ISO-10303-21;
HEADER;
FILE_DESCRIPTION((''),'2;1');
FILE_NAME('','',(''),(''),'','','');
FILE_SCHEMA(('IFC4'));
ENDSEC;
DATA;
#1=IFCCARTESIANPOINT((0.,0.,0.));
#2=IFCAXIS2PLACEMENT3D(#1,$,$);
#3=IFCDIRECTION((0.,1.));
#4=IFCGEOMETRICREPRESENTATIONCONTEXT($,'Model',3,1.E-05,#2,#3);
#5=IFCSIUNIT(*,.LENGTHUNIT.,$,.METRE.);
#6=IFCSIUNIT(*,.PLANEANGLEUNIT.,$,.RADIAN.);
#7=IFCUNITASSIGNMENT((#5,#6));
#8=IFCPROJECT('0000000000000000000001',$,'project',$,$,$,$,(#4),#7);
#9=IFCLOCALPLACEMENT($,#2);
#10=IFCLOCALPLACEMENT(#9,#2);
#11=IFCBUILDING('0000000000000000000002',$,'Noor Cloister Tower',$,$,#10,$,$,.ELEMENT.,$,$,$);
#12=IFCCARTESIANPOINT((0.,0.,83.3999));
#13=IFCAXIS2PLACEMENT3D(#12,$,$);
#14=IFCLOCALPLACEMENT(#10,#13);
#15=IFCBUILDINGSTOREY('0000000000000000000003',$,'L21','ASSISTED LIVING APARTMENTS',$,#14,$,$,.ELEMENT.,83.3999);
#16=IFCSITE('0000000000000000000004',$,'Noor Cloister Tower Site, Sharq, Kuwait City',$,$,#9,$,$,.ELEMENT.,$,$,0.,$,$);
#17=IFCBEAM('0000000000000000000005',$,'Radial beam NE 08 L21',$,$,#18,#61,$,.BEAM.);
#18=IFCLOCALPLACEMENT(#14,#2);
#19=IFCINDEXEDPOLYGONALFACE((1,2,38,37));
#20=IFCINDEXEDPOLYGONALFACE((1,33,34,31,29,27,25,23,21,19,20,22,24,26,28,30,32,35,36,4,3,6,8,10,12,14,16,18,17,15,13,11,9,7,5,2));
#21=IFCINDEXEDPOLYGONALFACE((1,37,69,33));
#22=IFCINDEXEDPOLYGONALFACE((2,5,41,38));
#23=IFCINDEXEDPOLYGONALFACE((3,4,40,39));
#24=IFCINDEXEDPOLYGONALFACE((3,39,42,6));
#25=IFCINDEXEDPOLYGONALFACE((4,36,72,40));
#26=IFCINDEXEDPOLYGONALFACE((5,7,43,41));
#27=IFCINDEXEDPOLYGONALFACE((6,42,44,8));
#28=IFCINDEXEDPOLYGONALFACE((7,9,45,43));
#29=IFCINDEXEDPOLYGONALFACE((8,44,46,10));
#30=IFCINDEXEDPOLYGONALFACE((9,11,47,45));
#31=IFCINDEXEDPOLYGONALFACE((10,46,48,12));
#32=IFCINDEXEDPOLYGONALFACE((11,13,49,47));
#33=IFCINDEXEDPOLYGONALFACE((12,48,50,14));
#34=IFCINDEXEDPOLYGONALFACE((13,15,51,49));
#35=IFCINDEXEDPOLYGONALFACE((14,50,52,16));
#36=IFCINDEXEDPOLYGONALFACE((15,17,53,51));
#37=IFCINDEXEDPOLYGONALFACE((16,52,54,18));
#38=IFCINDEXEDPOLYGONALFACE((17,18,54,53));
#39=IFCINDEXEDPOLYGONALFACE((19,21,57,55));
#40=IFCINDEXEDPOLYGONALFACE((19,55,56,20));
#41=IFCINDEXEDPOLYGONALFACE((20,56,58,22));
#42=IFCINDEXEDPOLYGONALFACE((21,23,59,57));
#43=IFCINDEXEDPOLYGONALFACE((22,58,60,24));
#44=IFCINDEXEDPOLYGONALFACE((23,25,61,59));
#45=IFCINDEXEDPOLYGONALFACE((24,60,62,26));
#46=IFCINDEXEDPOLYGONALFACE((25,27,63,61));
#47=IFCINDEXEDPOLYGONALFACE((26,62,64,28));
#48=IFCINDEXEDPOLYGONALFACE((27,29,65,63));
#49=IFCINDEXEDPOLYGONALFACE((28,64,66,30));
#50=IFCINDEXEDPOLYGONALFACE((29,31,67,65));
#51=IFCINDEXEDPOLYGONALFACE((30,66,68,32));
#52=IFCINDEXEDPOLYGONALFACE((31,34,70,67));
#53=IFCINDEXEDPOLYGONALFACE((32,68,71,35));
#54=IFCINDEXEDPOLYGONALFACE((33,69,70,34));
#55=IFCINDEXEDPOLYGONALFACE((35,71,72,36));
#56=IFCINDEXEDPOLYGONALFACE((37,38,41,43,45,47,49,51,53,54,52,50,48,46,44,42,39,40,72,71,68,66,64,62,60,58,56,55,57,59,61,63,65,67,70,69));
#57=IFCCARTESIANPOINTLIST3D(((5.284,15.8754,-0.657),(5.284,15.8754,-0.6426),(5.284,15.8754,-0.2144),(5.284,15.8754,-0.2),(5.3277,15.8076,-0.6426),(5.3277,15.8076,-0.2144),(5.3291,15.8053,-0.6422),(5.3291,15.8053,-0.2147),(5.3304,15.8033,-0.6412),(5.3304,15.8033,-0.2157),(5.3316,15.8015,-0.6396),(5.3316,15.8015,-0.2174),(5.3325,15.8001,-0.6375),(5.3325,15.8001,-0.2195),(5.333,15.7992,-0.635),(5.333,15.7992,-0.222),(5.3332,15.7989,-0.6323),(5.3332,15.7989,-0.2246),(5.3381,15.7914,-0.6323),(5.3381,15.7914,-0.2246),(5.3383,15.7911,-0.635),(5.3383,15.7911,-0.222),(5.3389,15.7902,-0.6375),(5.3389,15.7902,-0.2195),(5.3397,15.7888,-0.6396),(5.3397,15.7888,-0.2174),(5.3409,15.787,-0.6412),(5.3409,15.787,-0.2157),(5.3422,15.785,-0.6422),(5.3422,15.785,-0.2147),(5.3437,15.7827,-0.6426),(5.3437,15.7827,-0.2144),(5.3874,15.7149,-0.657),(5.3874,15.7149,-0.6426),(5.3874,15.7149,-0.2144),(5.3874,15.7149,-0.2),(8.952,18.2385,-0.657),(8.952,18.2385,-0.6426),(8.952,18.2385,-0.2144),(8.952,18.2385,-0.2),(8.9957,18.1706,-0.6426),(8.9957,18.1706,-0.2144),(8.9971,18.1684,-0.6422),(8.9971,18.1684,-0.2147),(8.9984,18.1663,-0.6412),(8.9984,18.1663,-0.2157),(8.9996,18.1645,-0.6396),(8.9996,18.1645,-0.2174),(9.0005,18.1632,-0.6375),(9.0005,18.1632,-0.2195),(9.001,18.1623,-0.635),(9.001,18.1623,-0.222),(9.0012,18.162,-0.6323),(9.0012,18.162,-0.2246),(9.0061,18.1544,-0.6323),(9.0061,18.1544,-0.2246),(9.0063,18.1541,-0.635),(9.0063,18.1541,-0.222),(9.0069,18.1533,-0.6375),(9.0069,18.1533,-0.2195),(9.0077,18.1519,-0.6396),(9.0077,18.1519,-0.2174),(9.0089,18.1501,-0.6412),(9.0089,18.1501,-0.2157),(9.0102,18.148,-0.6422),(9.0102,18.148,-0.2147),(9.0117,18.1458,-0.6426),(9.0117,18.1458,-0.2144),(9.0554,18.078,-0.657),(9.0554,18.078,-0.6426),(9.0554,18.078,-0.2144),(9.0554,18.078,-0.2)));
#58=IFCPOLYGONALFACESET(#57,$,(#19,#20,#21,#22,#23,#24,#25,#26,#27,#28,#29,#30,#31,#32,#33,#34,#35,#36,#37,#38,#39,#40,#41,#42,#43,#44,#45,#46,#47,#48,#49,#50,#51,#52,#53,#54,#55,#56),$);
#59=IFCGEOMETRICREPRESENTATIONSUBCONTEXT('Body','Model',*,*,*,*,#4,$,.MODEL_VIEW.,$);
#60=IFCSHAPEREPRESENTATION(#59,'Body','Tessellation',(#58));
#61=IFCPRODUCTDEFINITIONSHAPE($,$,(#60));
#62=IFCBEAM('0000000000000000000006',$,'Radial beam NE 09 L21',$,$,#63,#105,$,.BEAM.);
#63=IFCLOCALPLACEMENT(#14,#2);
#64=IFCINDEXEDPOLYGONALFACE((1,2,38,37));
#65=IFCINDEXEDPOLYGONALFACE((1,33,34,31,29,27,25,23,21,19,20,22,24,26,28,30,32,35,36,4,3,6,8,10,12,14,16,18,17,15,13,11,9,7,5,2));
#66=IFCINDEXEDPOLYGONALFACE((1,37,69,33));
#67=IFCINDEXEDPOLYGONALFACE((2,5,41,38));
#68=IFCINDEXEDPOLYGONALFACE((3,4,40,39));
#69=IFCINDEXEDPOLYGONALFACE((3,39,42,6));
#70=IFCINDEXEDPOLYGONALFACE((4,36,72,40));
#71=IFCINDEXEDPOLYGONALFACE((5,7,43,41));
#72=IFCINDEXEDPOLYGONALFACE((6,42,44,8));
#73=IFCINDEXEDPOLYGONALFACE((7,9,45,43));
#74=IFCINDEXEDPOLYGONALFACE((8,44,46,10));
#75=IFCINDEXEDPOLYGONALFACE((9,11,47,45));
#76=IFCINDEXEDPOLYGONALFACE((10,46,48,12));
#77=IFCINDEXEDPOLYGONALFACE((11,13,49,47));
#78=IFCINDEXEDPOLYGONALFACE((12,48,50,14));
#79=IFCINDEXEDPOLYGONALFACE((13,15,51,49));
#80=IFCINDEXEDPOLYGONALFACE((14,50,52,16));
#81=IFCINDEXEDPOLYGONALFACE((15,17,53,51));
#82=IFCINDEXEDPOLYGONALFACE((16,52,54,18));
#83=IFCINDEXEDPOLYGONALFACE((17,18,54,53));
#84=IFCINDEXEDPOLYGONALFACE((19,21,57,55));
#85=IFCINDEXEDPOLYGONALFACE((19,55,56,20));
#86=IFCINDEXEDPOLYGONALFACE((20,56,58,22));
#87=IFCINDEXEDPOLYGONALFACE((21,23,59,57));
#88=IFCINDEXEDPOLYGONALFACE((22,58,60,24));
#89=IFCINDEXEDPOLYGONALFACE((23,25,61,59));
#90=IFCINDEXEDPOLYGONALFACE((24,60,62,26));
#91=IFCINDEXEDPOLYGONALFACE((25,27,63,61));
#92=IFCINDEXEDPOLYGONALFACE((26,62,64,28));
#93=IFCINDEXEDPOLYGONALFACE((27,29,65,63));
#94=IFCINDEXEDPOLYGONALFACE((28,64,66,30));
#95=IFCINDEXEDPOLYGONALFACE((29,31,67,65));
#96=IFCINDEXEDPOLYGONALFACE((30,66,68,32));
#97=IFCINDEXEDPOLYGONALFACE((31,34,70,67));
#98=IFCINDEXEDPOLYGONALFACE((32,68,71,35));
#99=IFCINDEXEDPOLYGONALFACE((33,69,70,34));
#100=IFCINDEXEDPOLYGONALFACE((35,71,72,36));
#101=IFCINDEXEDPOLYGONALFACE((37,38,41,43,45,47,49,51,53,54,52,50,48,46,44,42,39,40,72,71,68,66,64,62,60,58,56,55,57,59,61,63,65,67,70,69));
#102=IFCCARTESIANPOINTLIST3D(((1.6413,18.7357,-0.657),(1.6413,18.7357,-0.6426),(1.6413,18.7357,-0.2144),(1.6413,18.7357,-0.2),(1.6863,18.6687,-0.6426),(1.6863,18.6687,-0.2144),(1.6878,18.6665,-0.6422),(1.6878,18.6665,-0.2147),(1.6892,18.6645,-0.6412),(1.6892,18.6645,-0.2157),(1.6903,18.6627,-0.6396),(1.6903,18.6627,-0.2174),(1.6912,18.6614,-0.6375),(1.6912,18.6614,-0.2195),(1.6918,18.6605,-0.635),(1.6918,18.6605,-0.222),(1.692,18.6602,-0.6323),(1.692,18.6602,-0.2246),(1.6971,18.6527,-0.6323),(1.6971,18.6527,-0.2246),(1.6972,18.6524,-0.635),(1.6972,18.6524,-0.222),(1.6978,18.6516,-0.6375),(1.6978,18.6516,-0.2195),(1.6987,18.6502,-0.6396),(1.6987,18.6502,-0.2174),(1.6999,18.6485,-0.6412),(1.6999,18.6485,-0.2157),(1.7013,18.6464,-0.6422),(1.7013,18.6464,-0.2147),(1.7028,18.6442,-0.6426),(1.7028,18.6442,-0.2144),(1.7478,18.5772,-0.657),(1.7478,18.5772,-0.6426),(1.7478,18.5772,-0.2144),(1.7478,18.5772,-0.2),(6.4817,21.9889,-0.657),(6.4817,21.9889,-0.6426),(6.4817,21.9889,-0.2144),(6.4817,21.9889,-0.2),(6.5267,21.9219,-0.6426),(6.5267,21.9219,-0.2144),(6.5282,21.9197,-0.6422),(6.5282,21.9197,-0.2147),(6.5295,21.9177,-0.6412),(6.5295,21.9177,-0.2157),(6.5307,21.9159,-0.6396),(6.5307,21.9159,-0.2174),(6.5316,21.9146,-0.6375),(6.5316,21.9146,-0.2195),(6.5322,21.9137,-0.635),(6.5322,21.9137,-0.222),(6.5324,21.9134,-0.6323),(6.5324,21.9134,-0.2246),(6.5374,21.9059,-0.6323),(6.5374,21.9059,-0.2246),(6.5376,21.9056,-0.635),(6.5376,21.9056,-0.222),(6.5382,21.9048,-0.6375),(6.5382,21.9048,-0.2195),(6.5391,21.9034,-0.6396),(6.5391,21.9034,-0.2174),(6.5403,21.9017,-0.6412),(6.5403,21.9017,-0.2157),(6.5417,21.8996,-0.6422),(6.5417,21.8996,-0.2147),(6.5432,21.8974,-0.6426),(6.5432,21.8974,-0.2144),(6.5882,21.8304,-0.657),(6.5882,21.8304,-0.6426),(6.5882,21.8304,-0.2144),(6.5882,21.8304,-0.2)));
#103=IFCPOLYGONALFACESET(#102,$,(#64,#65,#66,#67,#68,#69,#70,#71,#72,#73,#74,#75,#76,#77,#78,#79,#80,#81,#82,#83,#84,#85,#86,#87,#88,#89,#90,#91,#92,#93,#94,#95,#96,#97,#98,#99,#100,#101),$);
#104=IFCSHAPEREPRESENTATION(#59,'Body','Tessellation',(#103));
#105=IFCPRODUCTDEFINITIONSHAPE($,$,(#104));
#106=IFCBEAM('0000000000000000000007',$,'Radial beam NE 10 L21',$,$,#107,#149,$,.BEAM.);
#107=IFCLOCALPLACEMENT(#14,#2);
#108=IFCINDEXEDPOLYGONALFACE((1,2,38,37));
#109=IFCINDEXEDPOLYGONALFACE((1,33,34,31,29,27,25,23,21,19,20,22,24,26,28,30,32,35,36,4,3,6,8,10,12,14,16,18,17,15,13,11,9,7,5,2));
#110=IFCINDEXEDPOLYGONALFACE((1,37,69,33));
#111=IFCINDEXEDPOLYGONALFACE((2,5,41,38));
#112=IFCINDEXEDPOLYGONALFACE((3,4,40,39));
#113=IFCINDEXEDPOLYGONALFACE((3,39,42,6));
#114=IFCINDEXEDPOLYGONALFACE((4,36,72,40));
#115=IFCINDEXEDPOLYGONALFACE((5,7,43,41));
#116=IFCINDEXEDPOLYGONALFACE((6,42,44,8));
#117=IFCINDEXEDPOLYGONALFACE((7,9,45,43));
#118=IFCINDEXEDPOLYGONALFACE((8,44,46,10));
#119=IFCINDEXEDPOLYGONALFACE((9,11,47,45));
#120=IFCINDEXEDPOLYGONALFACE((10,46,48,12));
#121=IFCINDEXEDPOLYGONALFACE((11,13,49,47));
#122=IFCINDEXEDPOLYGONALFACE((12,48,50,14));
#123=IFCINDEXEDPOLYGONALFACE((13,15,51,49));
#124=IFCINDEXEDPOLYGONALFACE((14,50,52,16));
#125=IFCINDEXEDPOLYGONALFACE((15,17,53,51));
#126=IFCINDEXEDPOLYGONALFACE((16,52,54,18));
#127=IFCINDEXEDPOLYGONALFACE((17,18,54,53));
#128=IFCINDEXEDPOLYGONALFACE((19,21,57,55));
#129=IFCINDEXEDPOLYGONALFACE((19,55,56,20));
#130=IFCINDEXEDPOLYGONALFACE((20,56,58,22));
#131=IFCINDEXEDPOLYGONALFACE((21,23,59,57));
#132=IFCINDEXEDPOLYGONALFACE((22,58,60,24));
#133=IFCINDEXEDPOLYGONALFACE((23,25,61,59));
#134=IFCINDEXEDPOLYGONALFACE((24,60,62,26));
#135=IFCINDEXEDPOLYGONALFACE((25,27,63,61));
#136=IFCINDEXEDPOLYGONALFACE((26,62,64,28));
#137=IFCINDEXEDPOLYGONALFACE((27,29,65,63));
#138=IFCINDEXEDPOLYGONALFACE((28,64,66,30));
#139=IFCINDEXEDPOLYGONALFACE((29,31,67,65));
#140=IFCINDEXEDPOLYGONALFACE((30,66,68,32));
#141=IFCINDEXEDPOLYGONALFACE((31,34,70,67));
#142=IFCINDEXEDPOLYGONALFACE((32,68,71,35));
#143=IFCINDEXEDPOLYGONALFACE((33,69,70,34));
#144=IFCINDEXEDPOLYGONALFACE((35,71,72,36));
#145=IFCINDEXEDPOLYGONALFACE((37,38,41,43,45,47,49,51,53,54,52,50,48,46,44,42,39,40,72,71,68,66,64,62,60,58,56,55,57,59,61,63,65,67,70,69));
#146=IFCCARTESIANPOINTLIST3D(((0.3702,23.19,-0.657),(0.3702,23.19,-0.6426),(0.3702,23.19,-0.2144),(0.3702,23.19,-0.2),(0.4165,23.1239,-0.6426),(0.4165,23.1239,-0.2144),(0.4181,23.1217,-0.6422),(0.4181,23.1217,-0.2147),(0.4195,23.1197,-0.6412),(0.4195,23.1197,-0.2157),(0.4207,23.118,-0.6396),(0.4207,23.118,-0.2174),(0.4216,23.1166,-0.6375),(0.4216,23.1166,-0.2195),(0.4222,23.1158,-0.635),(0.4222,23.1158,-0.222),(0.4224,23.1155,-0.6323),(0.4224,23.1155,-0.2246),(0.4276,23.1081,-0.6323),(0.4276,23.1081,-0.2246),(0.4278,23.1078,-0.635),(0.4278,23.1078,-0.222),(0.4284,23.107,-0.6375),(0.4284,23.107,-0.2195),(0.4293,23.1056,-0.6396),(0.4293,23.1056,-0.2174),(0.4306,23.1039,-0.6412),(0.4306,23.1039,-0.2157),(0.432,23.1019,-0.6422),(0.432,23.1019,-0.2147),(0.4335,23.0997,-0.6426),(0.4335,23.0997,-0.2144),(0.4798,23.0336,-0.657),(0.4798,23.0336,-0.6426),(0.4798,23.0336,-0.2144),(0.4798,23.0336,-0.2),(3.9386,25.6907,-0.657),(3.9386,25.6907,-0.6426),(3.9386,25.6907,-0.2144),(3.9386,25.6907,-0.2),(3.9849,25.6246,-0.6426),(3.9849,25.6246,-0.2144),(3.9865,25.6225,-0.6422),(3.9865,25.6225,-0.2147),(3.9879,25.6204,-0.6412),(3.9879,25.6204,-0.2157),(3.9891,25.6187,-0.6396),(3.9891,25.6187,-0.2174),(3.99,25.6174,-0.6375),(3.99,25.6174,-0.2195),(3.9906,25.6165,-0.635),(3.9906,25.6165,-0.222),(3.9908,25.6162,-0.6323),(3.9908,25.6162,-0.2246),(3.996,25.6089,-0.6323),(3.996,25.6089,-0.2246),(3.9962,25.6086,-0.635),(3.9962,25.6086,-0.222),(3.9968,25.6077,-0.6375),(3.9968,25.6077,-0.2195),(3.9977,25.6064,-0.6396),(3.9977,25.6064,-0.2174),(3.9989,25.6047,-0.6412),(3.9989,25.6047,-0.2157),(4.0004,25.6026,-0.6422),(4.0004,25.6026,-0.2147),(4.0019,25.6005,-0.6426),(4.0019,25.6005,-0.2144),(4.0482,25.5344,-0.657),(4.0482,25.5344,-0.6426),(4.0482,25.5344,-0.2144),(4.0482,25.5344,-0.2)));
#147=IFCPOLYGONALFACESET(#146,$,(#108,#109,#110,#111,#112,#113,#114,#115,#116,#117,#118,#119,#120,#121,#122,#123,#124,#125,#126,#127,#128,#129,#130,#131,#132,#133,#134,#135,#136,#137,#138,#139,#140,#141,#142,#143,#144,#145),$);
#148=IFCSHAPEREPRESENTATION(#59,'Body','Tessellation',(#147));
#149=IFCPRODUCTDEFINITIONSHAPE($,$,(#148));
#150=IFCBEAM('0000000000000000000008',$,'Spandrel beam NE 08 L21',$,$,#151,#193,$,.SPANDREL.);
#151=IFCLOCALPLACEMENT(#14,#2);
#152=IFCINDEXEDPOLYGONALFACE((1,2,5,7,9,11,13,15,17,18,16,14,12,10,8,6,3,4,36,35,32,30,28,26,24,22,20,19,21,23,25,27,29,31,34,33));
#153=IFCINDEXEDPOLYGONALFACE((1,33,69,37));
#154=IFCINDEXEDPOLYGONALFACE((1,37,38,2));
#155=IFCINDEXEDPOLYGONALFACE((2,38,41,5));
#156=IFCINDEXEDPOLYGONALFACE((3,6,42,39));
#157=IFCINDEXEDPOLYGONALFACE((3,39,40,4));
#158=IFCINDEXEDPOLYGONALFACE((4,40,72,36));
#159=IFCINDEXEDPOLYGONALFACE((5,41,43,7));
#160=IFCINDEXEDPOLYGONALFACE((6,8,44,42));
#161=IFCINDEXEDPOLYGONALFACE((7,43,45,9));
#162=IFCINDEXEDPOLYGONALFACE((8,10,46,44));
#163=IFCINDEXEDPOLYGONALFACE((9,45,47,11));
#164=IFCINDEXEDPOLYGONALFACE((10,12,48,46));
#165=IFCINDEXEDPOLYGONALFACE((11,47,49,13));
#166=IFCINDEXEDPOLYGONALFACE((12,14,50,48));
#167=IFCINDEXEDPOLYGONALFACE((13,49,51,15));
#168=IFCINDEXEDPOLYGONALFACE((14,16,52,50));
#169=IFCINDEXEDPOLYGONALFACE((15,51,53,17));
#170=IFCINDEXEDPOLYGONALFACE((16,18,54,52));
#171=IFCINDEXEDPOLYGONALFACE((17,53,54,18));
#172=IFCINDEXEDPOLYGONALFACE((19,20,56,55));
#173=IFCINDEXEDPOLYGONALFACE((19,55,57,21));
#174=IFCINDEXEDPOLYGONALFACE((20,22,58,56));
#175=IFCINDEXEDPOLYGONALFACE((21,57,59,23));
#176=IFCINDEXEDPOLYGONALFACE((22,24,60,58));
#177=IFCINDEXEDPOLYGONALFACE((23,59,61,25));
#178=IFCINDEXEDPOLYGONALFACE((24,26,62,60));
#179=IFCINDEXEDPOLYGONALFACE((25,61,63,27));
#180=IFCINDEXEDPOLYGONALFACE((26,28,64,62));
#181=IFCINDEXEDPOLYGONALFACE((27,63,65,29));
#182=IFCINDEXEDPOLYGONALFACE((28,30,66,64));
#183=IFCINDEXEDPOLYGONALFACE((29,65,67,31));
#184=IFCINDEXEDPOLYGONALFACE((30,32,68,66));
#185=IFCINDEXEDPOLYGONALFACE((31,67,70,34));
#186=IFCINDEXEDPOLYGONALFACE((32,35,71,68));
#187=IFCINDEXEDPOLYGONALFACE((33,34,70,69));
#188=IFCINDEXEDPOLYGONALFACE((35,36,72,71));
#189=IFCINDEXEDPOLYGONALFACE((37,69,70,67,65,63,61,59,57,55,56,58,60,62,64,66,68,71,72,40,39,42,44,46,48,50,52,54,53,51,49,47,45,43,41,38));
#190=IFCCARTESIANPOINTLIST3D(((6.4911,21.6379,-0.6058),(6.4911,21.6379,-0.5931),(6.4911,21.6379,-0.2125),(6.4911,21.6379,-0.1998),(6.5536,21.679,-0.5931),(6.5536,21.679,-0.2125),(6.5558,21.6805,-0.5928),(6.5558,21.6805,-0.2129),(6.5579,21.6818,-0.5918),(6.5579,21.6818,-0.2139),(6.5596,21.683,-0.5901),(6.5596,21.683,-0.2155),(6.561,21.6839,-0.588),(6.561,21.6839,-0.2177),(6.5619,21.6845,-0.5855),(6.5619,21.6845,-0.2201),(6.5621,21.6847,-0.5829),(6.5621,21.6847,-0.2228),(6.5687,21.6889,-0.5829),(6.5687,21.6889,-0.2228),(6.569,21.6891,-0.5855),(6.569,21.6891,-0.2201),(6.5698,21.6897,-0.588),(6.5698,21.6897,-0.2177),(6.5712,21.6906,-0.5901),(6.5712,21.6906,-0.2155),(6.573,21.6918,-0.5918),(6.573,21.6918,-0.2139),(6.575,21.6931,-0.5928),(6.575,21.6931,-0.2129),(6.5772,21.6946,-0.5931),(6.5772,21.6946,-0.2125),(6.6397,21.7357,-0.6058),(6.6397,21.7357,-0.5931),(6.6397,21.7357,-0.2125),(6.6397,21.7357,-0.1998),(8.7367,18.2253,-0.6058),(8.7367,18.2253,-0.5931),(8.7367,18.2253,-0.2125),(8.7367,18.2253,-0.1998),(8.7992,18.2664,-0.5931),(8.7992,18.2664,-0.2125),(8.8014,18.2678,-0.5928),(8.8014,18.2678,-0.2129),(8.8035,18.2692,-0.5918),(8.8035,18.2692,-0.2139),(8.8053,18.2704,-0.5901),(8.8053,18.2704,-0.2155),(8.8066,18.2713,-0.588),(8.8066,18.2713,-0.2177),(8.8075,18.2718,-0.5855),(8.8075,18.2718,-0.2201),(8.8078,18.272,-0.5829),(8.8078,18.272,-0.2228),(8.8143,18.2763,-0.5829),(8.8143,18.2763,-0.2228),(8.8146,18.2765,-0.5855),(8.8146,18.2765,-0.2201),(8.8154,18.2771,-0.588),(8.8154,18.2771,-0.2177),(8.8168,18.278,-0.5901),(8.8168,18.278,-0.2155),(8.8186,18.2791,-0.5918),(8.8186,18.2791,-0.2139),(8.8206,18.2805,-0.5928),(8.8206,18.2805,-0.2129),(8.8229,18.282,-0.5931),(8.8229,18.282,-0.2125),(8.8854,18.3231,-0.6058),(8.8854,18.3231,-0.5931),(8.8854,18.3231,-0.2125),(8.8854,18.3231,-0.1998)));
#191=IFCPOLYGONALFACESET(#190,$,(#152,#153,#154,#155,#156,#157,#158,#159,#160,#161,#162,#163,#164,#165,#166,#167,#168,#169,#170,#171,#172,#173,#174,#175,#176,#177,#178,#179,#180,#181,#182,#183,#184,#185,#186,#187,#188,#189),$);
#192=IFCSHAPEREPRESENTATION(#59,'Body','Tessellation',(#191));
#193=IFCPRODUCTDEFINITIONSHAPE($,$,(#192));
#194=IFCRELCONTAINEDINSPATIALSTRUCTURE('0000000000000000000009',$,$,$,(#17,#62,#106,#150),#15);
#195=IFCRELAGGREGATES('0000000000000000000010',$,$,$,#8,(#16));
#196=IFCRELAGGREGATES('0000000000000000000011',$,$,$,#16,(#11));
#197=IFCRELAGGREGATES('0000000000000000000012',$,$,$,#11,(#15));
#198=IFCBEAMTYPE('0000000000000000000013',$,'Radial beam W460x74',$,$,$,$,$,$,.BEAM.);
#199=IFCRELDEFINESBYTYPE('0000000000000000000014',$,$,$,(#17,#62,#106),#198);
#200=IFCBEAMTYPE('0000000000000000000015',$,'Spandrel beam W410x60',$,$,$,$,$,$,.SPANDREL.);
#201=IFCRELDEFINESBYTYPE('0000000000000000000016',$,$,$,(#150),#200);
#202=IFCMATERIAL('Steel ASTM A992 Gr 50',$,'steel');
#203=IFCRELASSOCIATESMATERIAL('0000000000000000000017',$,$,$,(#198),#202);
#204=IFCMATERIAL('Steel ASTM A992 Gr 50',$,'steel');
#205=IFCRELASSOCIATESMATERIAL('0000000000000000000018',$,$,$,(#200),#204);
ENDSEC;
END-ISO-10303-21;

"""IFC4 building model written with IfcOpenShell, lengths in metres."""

from ifc_helpers import new_model, si_unit, direction, frame, origin, origin_2d, place, context, subcontext, project, spatial, i_section, extrude, material, material_profile, profile_set, type_object, element, save


model = new_model("IFC4")

# Units and contexts
model_context = context("Model", 3, precision=1e-05, world=origin(), true_north=direction((0.0, 1.0)))
body_context = subcontext(model_context, "Body", "Model", "MODEL_VIEW")
ifc_project = project(units=[si_unit("LENGTHUNIT", "METRE"), si_unit("PLANEANGLEUNIT", "RADIAN")], contexts=[model_context])

# Site, building, storey
site_placement = place(None, origin())
site = spatial("IfcSite", under=ifc_project, at=site_placement, Name="Noor Cloister Tower Site, Sharq, Kuwait City", CompositionType="ELEMENT", RefElevation=0.0)
building_placement = place(site_placement, origin())
building = spatial("IfcBuilding", under=site, at=building_placement, Name="Noor Cloister Tower", CompositionType="ELEMENT")
storey_placement = place(building_placement, frame((0.0, 0.0, 83.3999)))
storey = spatial("IfcBuildingStorey", under=building, at=storey_placement, Name="L21", Description="ASSISTED LIVING APARTMENTS", CompositionType="ELEMENT", Elevation=83.3999)

# Beams
ifc_material_1 = material(Name="Steel ASTM A992 Gr 50", Category="steel")
ifc_material_profile_1 = material_profile(ifc_material_1, i_section(OverallWidth=0.1909, OverallDepth=0.457, WebThickness=0.009, FlangeThickness=0.0144, FilletRadius=0.0103, at=origin_2d()), Name="W460x74")
ifc_profile_set_1 = profile_set([ifc_material_profile_1], Name="Steel ASTM A992 Gr 50")
beam_type_1 = type_object("IfcBeamType", Name="Radial beam W460x74", PredefinedType="BEAM", material=ifc_profile_set_1)
beam_1_placement = place(storey_placement, frame((9.0037, 18.1582, -0.4285), z_axis=(-0.840651, -0.541577, 0.0), x_axis=(0.541577, -0.840651, 0.0)))
element("IfcBeam", 1, at=beam_1_placement, inside=storey, type_object=beam_type_1, Name="Radial beam NE 08 L21", PredefinedType="BEAM", context=body_context, shape_type="SweptSolid", body=[
    extrude(i_section(OverallWidth=0.1909, OverallDepth=0.457, WebThickness=0.009, FlangeThickness=0.0144, FilletRadius=0.0103, at=origin_2d()), origin(), (0.0, 0.0, 1.0), 4.3633),
])
beam_2_placement = place(storey_placement, frame((6.5349, 21.9097, -0.4285), z_axis=(-0.829964, -0.557817, 0.0), x_axis=(0.557817, -0.829964, 0.0)))
element("IfcBeam", 2, at=beam_2_placement, inside=storey, type_object=beam_type_1, Name="Radial beam NE 09 L21", PredefinedType="BEAM", context=body_context, shape_type="SweptSolid", body=[
    extrude(i_section(OverallWidth=0.1909, OverallDepth=0.457, WebThickness=0.009, FlangeThickness=0.0144, FilletRadius=0.0103, at=origin_2d()), origin(), (0.0, 0.0, 1.0), 5.832),
])
beam_3_placement = place(storey_placement, frame((3.9934, 25.6125, -0.4285), z_axis=(-0.818921, -0.573906, 0.0), x_axis=(0.573906, -0.818921, 0.0)))
element("IfcBeam", 3, at=beam_3_placement, inside=storey, type_object=beam_type_1, Name="Radial beam NE 10 L21", PredefinedType="BEAM", context=body_context, shape_type="SweptSolid", body=[
    extrude(i_section(OverallWidth=0.1909, OverallDepth=0.457, WebThickness=0.009, FlangeThickness=0.0144, FilletRadius=0.0103, at=origin_2d()), origin(), (0.0, 0.0, 1.0), 4.3574),
])
ifc_material_2 = material(Name="Steel ASTM A992 Gr 50", Category="steel")
ifc_material_profile_2 = material_profile(ifc_material_2, i_section(OverallWidth=0.178, OverallDepth=0.406, WebThickness=0.0078, FlangeThickness=0.0127, FilletRadius=0.0103, at=origin_2d()), Name="W410x60")
ifc_profile_set_2 = profile_set([ifc_material_profile_2], Name="Steel ASTM A992 Gr 50")
beam_type_2 = type_object("IfcBeamType", Name="Spandrel beam W410x60", PredefinedType="SPANDREL", material=ifc_profile_set_2)
for number, where, z_axis, x_axis, name in (
    (4, (8.811, 18.2742, -0.4028), (-0.549698, 0.835364, 0.0), (-0.835364, -0.549698, 0.0), "Spandrel beam NE 08 L21"),
):
    element("IfcBeam", number, at=place(storey_placement, frame(where, z_axis=z_axis, x_axis=x_axis)), inside=storey, type_object=beam_type_2, Name=name, PredefinedType="SPANDREL", context=body_context, shape_type="SweptSolid", body=[
        extrude(i_section(OverallWidth=0.178, OverallDepth=0.406, WebThickness=0.0078, FlangeThickness=0.0127, FilletRadius=0.0103, at=origin_2d()), origin(), (0.0, 0.0, 1.0), 4.0852),
    ])

save(model, "model.ifc")
